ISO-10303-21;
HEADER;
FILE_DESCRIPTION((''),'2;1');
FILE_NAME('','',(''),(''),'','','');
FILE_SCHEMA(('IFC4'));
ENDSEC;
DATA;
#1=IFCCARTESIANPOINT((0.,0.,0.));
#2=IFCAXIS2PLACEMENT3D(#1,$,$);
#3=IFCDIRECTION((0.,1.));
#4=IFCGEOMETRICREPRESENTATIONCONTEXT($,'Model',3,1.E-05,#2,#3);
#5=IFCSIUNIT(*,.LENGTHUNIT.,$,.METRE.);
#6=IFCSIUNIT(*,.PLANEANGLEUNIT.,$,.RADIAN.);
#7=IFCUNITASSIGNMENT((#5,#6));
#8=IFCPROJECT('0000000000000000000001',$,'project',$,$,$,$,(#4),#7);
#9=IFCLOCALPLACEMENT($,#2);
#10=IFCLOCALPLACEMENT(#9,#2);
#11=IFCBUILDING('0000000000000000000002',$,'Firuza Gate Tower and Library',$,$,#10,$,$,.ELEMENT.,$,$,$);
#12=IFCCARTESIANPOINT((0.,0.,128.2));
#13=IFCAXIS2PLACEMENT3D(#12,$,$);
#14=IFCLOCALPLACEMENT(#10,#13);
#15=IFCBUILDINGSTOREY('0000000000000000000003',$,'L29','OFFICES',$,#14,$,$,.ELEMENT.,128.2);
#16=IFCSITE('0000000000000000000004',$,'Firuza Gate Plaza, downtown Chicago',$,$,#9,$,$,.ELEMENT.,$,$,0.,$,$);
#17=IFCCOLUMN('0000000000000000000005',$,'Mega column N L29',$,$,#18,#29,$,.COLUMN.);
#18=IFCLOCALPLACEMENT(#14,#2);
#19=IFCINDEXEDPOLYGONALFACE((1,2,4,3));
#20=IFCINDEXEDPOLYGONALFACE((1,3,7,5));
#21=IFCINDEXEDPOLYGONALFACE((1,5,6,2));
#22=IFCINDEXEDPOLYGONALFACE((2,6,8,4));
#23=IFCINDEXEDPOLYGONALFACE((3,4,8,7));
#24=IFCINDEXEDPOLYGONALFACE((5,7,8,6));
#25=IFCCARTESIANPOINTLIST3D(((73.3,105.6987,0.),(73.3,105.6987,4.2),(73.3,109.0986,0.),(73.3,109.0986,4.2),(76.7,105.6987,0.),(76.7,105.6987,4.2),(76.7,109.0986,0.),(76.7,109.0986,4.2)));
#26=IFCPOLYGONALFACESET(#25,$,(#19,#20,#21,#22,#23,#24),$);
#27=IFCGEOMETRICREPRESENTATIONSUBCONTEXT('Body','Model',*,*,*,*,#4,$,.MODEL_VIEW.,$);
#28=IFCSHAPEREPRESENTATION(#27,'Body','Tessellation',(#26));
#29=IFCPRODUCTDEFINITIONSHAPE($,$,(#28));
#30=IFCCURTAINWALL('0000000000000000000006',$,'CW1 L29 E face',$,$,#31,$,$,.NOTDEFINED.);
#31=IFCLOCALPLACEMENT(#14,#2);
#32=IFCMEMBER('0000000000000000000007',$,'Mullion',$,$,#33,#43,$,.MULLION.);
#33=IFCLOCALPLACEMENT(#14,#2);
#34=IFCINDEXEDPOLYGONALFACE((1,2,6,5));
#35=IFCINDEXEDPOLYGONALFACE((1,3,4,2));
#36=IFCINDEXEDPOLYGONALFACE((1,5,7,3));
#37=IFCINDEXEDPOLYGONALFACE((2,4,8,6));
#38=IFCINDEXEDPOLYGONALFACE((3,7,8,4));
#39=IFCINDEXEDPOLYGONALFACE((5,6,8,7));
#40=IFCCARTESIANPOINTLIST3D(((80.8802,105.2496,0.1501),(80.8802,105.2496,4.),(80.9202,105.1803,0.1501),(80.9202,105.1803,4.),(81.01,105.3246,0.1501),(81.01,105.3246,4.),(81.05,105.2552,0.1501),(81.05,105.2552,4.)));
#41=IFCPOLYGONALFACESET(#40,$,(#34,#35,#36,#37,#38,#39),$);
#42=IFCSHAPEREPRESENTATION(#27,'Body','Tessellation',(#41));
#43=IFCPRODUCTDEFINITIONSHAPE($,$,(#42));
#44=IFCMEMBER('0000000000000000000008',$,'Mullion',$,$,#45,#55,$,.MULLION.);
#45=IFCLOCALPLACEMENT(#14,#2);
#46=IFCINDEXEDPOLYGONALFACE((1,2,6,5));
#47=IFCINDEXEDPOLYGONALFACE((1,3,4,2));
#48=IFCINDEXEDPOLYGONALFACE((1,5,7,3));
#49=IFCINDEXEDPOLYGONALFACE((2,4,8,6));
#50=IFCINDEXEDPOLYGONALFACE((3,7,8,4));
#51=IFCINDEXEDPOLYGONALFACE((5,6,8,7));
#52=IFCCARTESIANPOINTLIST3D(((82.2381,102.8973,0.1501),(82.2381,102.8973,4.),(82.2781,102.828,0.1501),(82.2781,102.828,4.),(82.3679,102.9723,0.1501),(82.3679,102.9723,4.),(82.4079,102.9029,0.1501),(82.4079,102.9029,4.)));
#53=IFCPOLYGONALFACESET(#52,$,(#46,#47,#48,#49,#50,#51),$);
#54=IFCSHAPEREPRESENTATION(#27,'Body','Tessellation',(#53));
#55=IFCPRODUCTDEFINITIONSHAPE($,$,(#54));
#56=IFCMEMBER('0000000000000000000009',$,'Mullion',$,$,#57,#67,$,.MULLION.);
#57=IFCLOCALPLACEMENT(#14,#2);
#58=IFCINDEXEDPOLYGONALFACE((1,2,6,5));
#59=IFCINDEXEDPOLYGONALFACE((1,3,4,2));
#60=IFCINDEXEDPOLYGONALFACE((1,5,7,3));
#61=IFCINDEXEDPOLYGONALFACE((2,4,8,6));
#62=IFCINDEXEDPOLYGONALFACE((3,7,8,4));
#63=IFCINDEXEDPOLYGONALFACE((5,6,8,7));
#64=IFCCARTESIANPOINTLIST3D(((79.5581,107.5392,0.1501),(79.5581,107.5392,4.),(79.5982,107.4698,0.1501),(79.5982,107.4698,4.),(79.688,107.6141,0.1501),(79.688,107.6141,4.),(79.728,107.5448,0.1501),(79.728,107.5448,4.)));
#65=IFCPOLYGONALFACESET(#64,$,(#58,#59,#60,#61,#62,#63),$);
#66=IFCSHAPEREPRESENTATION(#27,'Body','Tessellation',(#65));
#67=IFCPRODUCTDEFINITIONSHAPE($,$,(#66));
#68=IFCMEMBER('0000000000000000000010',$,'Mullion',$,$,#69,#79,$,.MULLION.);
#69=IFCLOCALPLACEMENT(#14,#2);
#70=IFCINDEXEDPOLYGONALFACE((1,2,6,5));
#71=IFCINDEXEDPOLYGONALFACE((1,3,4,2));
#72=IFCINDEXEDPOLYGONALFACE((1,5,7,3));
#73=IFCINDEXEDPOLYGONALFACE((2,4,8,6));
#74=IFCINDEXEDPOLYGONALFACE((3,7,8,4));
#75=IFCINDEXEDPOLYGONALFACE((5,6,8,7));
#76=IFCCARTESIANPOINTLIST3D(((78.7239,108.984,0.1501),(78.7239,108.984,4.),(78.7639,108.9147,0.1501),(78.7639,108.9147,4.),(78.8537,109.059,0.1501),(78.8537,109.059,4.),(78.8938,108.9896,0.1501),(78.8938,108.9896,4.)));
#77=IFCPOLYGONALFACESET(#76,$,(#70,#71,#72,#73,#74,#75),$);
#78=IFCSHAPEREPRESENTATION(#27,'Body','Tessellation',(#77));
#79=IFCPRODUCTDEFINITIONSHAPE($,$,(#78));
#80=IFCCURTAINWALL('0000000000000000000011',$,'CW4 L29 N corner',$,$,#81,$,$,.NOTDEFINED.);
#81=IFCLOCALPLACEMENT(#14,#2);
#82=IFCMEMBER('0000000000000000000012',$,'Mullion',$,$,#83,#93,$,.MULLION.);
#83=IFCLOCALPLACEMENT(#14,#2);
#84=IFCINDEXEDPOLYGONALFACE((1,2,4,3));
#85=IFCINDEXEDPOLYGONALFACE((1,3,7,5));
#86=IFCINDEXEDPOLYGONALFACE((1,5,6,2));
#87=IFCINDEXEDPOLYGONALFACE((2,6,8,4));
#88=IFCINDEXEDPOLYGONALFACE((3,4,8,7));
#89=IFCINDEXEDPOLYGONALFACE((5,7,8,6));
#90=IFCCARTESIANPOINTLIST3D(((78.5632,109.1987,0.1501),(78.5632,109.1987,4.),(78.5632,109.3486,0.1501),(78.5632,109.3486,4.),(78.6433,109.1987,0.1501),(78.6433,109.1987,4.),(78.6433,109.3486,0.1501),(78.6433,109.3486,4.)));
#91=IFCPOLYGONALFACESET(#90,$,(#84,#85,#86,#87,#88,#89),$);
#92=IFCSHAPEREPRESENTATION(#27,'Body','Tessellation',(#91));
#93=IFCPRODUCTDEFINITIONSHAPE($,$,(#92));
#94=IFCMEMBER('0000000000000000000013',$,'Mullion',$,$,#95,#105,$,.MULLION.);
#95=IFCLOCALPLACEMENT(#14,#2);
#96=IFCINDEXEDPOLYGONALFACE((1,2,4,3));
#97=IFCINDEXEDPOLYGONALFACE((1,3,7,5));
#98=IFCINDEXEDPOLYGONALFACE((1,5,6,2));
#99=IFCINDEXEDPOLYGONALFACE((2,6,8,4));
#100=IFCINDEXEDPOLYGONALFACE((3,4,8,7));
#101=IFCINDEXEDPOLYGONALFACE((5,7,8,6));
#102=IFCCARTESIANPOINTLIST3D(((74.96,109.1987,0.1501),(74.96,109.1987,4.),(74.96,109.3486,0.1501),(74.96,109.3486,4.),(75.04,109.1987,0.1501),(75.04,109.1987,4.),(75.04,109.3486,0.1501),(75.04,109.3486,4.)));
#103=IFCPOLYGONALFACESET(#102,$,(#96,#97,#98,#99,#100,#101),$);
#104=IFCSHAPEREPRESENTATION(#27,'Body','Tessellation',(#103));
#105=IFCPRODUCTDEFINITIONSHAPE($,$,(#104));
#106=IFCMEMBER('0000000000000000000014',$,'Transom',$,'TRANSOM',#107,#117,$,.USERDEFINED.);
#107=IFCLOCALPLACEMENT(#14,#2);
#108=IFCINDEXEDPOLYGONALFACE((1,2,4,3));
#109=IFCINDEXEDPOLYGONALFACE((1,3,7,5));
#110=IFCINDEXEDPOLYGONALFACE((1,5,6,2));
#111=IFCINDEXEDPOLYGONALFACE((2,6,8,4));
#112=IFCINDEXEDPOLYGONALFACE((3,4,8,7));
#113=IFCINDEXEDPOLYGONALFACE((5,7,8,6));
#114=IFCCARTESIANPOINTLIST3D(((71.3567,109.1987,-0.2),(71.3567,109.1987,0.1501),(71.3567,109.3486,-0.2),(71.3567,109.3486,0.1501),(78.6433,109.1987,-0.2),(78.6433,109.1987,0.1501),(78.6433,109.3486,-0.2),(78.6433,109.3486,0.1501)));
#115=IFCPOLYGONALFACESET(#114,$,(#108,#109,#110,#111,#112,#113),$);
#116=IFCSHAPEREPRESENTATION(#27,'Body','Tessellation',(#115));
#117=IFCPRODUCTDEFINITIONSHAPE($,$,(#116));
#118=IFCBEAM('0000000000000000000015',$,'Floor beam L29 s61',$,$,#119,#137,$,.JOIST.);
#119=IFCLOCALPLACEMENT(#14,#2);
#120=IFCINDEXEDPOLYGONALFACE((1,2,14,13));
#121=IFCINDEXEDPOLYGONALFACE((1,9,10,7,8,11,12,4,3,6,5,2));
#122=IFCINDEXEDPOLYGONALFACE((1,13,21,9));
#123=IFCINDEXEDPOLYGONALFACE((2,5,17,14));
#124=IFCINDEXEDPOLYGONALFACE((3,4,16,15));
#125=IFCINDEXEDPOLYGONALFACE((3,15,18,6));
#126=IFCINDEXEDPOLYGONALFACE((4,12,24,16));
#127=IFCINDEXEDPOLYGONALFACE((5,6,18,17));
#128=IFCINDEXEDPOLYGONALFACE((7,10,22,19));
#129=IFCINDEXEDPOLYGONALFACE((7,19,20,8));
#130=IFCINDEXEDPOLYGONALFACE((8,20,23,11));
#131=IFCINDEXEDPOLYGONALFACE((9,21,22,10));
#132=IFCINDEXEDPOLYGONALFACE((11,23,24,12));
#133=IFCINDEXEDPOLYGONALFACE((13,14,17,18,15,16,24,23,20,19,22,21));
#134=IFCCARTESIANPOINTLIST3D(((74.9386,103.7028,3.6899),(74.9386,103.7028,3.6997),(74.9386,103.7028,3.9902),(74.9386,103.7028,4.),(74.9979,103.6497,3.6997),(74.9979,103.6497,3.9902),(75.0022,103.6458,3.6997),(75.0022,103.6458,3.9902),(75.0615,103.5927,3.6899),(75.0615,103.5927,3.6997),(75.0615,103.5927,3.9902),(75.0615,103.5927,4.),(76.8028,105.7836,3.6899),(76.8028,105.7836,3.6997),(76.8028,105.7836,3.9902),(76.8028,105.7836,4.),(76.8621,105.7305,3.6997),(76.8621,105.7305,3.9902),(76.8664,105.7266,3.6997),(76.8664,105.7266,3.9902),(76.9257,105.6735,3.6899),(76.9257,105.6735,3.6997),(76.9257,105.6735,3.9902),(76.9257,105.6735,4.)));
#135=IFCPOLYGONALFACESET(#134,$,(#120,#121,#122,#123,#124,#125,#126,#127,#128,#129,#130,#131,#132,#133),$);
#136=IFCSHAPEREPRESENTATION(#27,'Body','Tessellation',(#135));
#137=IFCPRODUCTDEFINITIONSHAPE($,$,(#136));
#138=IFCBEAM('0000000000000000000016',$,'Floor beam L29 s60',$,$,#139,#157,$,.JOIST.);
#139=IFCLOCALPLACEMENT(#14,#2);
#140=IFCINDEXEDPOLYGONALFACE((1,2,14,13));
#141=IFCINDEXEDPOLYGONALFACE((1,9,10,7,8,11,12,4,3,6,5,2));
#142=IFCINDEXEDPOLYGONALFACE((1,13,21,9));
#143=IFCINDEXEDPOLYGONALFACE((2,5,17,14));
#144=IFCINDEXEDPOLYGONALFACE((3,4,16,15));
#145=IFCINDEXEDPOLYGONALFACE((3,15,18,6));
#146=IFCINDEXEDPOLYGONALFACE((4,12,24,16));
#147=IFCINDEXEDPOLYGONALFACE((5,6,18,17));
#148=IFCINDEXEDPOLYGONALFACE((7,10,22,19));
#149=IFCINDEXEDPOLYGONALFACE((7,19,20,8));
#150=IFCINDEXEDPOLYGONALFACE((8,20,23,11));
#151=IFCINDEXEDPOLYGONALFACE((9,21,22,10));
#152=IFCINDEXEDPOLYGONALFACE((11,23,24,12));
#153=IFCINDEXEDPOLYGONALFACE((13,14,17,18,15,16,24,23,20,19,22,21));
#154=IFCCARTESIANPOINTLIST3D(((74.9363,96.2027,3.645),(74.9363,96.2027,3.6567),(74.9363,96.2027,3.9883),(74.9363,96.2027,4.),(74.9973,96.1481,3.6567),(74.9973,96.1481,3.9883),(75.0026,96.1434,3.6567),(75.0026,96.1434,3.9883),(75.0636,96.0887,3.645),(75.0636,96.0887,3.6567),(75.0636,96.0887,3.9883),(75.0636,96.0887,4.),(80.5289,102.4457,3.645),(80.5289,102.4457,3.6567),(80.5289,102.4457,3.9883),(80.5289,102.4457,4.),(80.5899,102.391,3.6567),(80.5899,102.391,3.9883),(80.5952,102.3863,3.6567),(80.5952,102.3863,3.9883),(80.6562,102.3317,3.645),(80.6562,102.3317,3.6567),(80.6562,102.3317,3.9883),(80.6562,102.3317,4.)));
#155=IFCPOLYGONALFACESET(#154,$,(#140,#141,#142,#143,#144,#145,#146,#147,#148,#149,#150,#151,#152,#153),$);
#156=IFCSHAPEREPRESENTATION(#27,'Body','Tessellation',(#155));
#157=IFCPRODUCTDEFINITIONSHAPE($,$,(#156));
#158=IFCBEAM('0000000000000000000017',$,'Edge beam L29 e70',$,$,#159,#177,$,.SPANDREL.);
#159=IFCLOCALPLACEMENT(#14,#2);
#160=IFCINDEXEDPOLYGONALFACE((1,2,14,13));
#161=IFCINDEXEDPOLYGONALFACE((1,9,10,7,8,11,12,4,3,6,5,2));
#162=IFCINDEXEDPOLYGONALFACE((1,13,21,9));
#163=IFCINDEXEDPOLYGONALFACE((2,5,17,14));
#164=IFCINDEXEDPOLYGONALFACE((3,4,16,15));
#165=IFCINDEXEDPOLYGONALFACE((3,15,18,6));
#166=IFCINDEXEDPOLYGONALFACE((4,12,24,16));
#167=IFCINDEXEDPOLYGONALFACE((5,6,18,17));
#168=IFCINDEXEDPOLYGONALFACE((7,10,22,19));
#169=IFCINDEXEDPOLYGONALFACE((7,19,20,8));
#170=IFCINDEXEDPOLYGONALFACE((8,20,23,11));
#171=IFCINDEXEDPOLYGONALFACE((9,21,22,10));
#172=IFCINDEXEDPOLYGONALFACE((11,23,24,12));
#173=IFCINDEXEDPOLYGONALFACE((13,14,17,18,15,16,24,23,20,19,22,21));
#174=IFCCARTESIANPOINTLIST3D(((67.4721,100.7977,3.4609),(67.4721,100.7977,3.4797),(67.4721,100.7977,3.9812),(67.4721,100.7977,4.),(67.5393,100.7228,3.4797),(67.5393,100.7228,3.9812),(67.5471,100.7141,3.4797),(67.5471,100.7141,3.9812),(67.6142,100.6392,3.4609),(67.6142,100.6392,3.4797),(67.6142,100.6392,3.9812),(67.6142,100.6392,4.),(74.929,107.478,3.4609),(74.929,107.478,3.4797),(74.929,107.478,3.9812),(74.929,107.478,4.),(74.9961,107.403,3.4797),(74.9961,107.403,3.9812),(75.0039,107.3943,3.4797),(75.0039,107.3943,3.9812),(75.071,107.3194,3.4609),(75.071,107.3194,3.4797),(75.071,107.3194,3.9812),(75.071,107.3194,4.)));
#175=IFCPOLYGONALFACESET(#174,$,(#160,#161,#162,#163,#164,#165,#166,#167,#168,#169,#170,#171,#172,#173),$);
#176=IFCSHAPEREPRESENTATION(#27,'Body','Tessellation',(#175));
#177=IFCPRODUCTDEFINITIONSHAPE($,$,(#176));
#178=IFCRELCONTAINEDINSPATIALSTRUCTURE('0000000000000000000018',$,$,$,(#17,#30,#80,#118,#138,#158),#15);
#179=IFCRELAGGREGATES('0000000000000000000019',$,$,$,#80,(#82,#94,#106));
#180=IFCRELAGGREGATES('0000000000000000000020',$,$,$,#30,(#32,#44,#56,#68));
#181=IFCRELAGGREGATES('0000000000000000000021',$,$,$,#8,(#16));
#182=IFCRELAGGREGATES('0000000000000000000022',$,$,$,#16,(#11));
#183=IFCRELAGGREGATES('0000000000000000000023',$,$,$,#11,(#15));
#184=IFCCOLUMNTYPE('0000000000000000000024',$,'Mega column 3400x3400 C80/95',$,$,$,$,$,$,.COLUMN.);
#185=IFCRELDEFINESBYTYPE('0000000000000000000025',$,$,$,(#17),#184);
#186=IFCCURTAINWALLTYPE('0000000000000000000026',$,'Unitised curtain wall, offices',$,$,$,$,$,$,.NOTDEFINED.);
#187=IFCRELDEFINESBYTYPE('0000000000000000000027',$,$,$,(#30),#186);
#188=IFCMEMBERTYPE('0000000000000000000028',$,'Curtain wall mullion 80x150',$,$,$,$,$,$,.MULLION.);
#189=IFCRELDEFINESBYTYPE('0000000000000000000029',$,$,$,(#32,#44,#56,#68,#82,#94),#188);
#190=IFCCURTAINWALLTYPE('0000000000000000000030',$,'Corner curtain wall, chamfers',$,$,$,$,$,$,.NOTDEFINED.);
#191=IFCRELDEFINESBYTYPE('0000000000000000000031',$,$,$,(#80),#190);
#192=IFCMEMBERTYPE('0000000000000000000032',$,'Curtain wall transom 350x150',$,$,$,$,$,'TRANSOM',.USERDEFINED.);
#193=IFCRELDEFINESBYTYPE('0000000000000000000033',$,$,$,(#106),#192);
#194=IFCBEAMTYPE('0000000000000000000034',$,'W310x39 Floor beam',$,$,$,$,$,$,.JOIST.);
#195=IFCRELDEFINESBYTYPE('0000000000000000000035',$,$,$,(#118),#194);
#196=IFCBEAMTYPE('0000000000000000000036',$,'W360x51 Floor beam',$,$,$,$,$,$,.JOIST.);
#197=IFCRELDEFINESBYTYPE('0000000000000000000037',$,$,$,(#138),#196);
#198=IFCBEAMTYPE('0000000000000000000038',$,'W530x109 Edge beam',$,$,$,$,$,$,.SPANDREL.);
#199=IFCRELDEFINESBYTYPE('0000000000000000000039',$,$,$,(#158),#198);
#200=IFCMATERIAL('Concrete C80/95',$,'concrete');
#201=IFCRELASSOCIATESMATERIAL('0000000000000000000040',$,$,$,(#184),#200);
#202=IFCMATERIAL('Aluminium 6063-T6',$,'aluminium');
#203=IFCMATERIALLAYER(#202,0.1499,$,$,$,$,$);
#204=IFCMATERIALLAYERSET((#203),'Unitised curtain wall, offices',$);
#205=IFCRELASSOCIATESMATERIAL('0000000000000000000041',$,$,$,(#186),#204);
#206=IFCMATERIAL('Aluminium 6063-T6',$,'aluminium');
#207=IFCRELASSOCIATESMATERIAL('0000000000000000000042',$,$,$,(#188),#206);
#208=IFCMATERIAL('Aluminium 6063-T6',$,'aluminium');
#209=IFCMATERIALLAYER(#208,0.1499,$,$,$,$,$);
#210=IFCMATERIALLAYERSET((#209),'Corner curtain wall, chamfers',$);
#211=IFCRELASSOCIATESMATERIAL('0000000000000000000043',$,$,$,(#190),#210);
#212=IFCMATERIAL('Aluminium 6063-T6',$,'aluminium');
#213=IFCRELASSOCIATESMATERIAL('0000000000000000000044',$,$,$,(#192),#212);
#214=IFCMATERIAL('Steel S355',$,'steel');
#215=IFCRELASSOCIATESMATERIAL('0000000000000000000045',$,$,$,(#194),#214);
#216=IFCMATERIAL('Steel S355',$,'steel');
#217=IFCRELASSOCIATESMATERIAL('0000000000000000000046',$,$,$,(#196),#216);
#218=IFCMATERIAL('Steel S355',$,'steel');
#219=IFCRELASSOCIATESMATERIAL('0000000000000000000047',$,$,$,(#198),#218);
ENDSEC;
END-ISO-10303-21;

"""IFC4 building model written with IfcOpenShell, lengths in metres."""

from ifc_helpers import new_model, si_unit, direction, frame, origin, origin_2d, place, context, subcontext, project, spatial, rectangle, i_section, extrude, material, layer, layer_set, material_profile, profile_set, type_object, element, aggregate, save


model = new_model("IFC4")

# Units and contexts
model_context = context("Model", 3, precision=1e-05, world=origin(), true_north=direction((0.0, 1.0)))
body_context = subcontext(model_context, "Body", "Model", "MODEL_VIEW")
ifc_project = project(units=[si_unit("LENGTHUNIT", "METRE"), si_unit("PLANEANGLEUNIT", "RADIAN")], contexts=[model_context])

# Site, building, storey
site_placement = place(None, origin())
site = spatial("IfcSite", under=ifc_project, at=site_placement, Name="Firuza Gate Plaza, downtown Chicago", CompositionType="ELEMENT", RefElevation=0.0)
building_placement = place(site_placement, origin())
building = spatial("IfcBuilding", under=site, at=building_placement, Name="Firuza Gate Tower and Library", CompositionType="ELEMENT")
storey_placement = place(building_placement, frame((0.0, 0.0, 128.2)))
storey = spatial("IfcBuildingStorey", under=building, at=storey_placement, Name="L29", Description="OFFICES", CompositionType="ELEMENT", Elevation=128.2)

# Column
ifc_material_1 = material(Name="Concrete C80/95", Category="concrete")
ifc_material_profile_1 = material_profile(ifc_material_1, rectangle(XDim=3.3999, YDim=3.3999, at=origin_2d()))
ifc_profile_set_1 = profile_set([ifc_material_profile_1], Name="Concrete C80/95")
column_type = type_object("IfcColumnType", Name="Mega column 3400x3400 C80/95", PredefinedType="COLUMN", material=ifc_profile_set_1)
column_placement = place(storey_placement, frame((75.0, 107.3987, 0.0), z_axis=(0.0, 0.0, 1.0), x_axis=(-1.0, 0.0, 0.0)))
element("IfcColumn", 1, at=column_placement, inside=storey, type_object=column_type, Name="Mega column N L29", PredefinedType="COLUMN", context=body_context, shape_type="SweptSolid", body=[
    extrude(rectangle(XDim=3.3999, YDim=3.3999, at=origin_2d()), origin(), (0.0, 0.0, 1.0), 4.2),
])

# Curtain walls, members
ifc_material_2 = material(Name="Aluminium 6063-T6", Category="aluminium")
ifc_layer_1 = layer(ifc_material_2, 0.1499)
ifc_layer_set_1 = layer_set([ifc_layer_1], Name="Unitised curtain wall, offices")
curtain_wall_type_1 = type_object("IfcCurtainWallType", Name="Unitised curtain wall, offices", PredefinedType="NOTDEFINED", material=ifc_layer_set_1)
placement = place(storey_placement, origin())
curtain_wall_1 = element("IfcCurtainWall", 2, at=placement, inside=storey, type_object=curtain_wall_type_1, Name="CW1 L29 E face", PredefinedType="NOTDEFINED")
ifc_material_3 = material(Name="Aluminium 6063-T6", Category="aluminium")
ifc_material_profile_2 = material_profile(ifc_material_3, rectangle(XDim=0.1499, YDim=0.0801, at=origin_2d()))
ifc_profile_set_2 = profile_set([ifc_material_profile_2], Name="Aluminium 6063-T6")
member_type_1 = type_object("IfcMemberType", Name="Curtain wall mullion 80x150", PredefinedType="MULLION", material=ifc_profile_set_2)
member_1_placement = place(storey_placement, frame((80.9651, 105.2524, 0.1501), z_axis=(0.0, 0.0, 1.0), x_axis=(-0.866025, -0.5, 0.0)))
member_1 = element("IfcMember", 3, at=member_1_placement, type_object=member_type_1, Name="Mullion", PredefinedType="MULLION", context=body_context, shape_type="SweptSolid", body=[
    extrude(rectangle(XDim=0.1499, YDim=0.0801, at=origin_2d()), origin(), (0.0, 0.0, 1.0), 3.8499),
])
member_2_placement = place(storey_placement, frame((82.323, 102.9001, 0.1501), z_axis=(0.0, 0.0, 1.0), x_axis=(-0.866025, -0.5, 0.0)))
member_2 = element("IfcMember", 4, at=member_2_placement, type_object=member_type_1, Name="Mullion", PredefinedType="MULLION", context=body_context, shape_type="SweptSolid", body=[
    extrude(rectangle(XDim=0.1499, YDim=0.0801, at=origin_2d()), origin(), (0.0, 0.0, 1.0), 3.8499),
])
member_3_placement = place(storey_placement, frame((79.6431, 107.542, 0.1501), z_axis=(0.0, 0.0, 1.0), x_axis=(-0.866025, -0.5, 0.0)))
member_3 = element("IfcMember", 5, at=member_3_placement, type_object=member_type_1, Name="Mullion", PredefinedType="MULLION", context=body_context, shape_type="SweptSolid", body=[
    extrude(rectangle(XDim=0.1499, YDim=0.0801, at=origin_2d()), origin(), (0.0, 0.0, 1.0), 3.8499),
])
member_4_placement = place(storey_placement, frame((78.8088, 108.9868, 0.1501), z_axis=(0.0, 0.0, 1.0), x_axis=(-0.866025, -0.5, 0.0)))
member_4 = element("IfcMember", 6, at=member_4_placement, type_object=member_type_1, Name="Mullion", PredefinedType="MULLION", context=body_context, shape_type="SweptSolid", body=[
    extrude(rectangle(XDim=0.1499, YDim=0.0801, at=origin_2d()), origin(), (0.0, 0.0, 1.0), 3.8499),
])
ifc_material_4 = material(Name="Aluminium 6063-T6", Category="aluminium")
ifc_layer_2 = layer(ifc_material_4, 0.1499)
ifc_layer_set_2 = layer_set([ifc_layer_2], Name="Corner curtain wall, chamfers")
curtain_wall_type_2 = type_object("IfcCurtainWallType", Name="Corner curtain wall, chamfers", PredefinedType="NOTDEFINED", material=ifc_layer_set_2)
curtain_wall_2 = element("IfcCurtainWall", 7, at=placement, inside=storey, type_object=curtain_wall_type_2, Name="CW4 L29 N corner", PredefinedType="NOTDEFINED")
member_5_placement = place(storey_placement, frame((78.6033, 109.2737, 0.1501), z_axis=(0.0, 0.0, 1.0), x_axis=(0.0, -1.0, 0.0)))
member_5 = element("IfcMember", 8, at=member_5_placement, type_object=member_type_1, Name="Mullion", PredefinedType="MULLION", context=body_context, shape_type="SweptSolid", body=[
    extrude(rectangle(XDim=0.1499, YDim=0.0801, at=origin_2d()), origin(), (0.0, 0.0, 1.0), 3.8499),
])
member_6_placement = place(storey_placement, frame((75.0, 109.2737, 0.1501), z_axis=(0.0, 0.0, 1.0), x_axis=(0.0, -1.0, 0.0)))
member_6 = element("IfcMember", 9, at=member_6_placement, type_object=member_type_1, Name="Mullion", PredefinedType="MULLION", context=body_context, shape_type="SweptSolid", body=[
    extrude(rectangle(XDim=0.1499, YDim=0.0801, at=origin_2d()), origin(), (0.0, 0.0, 1.0), 3.8499),
])
ifc_material_5 = material(Name="Aluminium 6063-T6", Category="aluminium")
ifc_material_profile_3 = material_profile(ifc_material_5, rectangle(XDim=0.1499, YDim=0.3501, at=origin_2d()))
ifc_profile_set_3 = profile_set([ifc_material_profile_3], Name="Aluminium 6063-T6")
member_type_2 = type_object("IfcMemberType", Name="Curtain wall transom 350x150", ElementType="TRANSOM", PredefinedType="USERDEFINED", material=ifc_profile_set_3)
member_7_placement = place(storey_placement, frame((78.6433, 109.2737, -0.0249), z_axis=(-1.0, 0.0, 0.0), x_axis=(0.0, -1.0, 0.0)))
member_7 = element("IfcMember", 10, at=member_7_placement, type_object=member_type_2, Name="Transom", ObjectType="TRANSOM", PredefinedType="USERDEFINED", context=body_context, shape_type="SweptSolid", body=[
    extrude(rectangle(XDim=0.1499, YDim=0.3501, at=origin_2d()), origin(), (0.0, 0.0, 1.0), 7.2866),
])

# Beams
ifc_material_6 = material(Name="Steel S355", Category="steel")
ifc_material_profile_4 = material_profile(ifc_material_6, i_section(OverallWidth=0.165, OverallDepth=0.3101, WebThickness=0.0059, FlangeThickness=0.0098, at=origin_2d()))
ifc_profile_set_4 = profile_set([ifc_material_profile_4], Name="Steel S355")
beam_type_1 = type_object("IfcBeamType", Name="W310x39 Floor beam", PredefinedType="JOIST", material=ifc_profile_set_4)
beam_1_placement = place(storey_placement, frame((76.8643, 105.7285, 3.845), z_axis=(-0.667288, -0.7448, 0.0), x_axis=(0.7448, -0.667288, 0.0)))
element("IfcBeam", 11, at=beam_1_placement, inside=storey, type_object=beam_type_1, Name="Floor beam L29 s61", PredefinedType="JOIST", context=body_context, shape_type="SweptSolid", body=[
    extrude(i_section(OverallWidth=0.165, OverallDepth=0.3101, WebThickness=0.0059, FlangeThickness=0.0098, at=origin_2d()), origin(), (0.0, 0.0, 1.0), 2.7937),
])
ifc_material_7 = material(Name="Steel S355", Category="steel")
ifc_material_profile_5 = material_profile(ifc_material_7, i_section(OverallWidth=0.1709, OverallDepth=0.355, WebThickness=0.0071, FlangeThickness=0.0117, at=origin_2d()))
ifc_profile_set_5 = profile_set([ifc_material_profile_5], Name="Steel S355")
beam_type_2 = type_object("IfcBeamType", Name="W360x51 Floor beam", PredefinedType="JOIST", material=ifc_profile_set_5)
beam_2_placement = place(storey_placement, frame((80.5925, 102.3887, 3.8225), z_axis=(-0.667243, -0.74484, 0.0), x_axis=(0.74484, -0.667243, 0.0)))
element("IfcBeam", 12, at=beam_2_placement, inside=storey, type_object=beam_type_2, Name="Floor beam L29 s60", PredefinedType="JOIST", context=body_context, shape_type="SweptSolid", body=[
    extrude(i_section(OverallWidth=0.1709, OverallDepth=0.355, WebThickness=0.0071, FlangeThickness=0.0117, at=origin_2d()), origin(), (0.0, 0.0, 1.0), 8.3816),
])
ifc_material_8 = material(Name="Steel S355", Category="steel")
ifc_material_profile_6 = material_profile(ifc_material_8, i_section(OverallWidth=0.2129, OverallDepth=0.5391, WebThickness=0.0117, FlangeThickness=0.0188, at=origin_2d()))
ifc_profile_set_6 = profile_set([ifc_material_profile_6], Name="Steel S355")
beam_type_3 = type_object("IfcBeamType", Name="W530x109 Edge beam", PredefinedType="SPANDREL", material=ifc_profile_set_6)
beam_3_placement = place(storey_placement, frame((75.0, 107.3987, 3.7305), z_axis=(-0.744829, -0.667256, 0.0), x_axis=(0.667256, -0.744829, 0.0)))
element("IfcBeam", 13, at=beam_3_placement, inside=storey, type_object=beam_type_3, Name="Edge beam L29 e70", PredefinedType="SPANDREL", context=body_context, shape_type="SweptSolid", body=[
    extrude(i_section(OverallWidth=0.2129, OverallDepth=0.5391, WebThickness=0.0117, FlangeThickness=0.0188, at=origin_2d()), origin(), (0.0, 0.0, 1.0), 10.0115),
])

aggregate(curtain_wall_2, [member_5, member_6, member_7])
aggregate(curtain_wall_1, [member_1, member_2, member_3, member_4])

save(model, "model.ifc")
